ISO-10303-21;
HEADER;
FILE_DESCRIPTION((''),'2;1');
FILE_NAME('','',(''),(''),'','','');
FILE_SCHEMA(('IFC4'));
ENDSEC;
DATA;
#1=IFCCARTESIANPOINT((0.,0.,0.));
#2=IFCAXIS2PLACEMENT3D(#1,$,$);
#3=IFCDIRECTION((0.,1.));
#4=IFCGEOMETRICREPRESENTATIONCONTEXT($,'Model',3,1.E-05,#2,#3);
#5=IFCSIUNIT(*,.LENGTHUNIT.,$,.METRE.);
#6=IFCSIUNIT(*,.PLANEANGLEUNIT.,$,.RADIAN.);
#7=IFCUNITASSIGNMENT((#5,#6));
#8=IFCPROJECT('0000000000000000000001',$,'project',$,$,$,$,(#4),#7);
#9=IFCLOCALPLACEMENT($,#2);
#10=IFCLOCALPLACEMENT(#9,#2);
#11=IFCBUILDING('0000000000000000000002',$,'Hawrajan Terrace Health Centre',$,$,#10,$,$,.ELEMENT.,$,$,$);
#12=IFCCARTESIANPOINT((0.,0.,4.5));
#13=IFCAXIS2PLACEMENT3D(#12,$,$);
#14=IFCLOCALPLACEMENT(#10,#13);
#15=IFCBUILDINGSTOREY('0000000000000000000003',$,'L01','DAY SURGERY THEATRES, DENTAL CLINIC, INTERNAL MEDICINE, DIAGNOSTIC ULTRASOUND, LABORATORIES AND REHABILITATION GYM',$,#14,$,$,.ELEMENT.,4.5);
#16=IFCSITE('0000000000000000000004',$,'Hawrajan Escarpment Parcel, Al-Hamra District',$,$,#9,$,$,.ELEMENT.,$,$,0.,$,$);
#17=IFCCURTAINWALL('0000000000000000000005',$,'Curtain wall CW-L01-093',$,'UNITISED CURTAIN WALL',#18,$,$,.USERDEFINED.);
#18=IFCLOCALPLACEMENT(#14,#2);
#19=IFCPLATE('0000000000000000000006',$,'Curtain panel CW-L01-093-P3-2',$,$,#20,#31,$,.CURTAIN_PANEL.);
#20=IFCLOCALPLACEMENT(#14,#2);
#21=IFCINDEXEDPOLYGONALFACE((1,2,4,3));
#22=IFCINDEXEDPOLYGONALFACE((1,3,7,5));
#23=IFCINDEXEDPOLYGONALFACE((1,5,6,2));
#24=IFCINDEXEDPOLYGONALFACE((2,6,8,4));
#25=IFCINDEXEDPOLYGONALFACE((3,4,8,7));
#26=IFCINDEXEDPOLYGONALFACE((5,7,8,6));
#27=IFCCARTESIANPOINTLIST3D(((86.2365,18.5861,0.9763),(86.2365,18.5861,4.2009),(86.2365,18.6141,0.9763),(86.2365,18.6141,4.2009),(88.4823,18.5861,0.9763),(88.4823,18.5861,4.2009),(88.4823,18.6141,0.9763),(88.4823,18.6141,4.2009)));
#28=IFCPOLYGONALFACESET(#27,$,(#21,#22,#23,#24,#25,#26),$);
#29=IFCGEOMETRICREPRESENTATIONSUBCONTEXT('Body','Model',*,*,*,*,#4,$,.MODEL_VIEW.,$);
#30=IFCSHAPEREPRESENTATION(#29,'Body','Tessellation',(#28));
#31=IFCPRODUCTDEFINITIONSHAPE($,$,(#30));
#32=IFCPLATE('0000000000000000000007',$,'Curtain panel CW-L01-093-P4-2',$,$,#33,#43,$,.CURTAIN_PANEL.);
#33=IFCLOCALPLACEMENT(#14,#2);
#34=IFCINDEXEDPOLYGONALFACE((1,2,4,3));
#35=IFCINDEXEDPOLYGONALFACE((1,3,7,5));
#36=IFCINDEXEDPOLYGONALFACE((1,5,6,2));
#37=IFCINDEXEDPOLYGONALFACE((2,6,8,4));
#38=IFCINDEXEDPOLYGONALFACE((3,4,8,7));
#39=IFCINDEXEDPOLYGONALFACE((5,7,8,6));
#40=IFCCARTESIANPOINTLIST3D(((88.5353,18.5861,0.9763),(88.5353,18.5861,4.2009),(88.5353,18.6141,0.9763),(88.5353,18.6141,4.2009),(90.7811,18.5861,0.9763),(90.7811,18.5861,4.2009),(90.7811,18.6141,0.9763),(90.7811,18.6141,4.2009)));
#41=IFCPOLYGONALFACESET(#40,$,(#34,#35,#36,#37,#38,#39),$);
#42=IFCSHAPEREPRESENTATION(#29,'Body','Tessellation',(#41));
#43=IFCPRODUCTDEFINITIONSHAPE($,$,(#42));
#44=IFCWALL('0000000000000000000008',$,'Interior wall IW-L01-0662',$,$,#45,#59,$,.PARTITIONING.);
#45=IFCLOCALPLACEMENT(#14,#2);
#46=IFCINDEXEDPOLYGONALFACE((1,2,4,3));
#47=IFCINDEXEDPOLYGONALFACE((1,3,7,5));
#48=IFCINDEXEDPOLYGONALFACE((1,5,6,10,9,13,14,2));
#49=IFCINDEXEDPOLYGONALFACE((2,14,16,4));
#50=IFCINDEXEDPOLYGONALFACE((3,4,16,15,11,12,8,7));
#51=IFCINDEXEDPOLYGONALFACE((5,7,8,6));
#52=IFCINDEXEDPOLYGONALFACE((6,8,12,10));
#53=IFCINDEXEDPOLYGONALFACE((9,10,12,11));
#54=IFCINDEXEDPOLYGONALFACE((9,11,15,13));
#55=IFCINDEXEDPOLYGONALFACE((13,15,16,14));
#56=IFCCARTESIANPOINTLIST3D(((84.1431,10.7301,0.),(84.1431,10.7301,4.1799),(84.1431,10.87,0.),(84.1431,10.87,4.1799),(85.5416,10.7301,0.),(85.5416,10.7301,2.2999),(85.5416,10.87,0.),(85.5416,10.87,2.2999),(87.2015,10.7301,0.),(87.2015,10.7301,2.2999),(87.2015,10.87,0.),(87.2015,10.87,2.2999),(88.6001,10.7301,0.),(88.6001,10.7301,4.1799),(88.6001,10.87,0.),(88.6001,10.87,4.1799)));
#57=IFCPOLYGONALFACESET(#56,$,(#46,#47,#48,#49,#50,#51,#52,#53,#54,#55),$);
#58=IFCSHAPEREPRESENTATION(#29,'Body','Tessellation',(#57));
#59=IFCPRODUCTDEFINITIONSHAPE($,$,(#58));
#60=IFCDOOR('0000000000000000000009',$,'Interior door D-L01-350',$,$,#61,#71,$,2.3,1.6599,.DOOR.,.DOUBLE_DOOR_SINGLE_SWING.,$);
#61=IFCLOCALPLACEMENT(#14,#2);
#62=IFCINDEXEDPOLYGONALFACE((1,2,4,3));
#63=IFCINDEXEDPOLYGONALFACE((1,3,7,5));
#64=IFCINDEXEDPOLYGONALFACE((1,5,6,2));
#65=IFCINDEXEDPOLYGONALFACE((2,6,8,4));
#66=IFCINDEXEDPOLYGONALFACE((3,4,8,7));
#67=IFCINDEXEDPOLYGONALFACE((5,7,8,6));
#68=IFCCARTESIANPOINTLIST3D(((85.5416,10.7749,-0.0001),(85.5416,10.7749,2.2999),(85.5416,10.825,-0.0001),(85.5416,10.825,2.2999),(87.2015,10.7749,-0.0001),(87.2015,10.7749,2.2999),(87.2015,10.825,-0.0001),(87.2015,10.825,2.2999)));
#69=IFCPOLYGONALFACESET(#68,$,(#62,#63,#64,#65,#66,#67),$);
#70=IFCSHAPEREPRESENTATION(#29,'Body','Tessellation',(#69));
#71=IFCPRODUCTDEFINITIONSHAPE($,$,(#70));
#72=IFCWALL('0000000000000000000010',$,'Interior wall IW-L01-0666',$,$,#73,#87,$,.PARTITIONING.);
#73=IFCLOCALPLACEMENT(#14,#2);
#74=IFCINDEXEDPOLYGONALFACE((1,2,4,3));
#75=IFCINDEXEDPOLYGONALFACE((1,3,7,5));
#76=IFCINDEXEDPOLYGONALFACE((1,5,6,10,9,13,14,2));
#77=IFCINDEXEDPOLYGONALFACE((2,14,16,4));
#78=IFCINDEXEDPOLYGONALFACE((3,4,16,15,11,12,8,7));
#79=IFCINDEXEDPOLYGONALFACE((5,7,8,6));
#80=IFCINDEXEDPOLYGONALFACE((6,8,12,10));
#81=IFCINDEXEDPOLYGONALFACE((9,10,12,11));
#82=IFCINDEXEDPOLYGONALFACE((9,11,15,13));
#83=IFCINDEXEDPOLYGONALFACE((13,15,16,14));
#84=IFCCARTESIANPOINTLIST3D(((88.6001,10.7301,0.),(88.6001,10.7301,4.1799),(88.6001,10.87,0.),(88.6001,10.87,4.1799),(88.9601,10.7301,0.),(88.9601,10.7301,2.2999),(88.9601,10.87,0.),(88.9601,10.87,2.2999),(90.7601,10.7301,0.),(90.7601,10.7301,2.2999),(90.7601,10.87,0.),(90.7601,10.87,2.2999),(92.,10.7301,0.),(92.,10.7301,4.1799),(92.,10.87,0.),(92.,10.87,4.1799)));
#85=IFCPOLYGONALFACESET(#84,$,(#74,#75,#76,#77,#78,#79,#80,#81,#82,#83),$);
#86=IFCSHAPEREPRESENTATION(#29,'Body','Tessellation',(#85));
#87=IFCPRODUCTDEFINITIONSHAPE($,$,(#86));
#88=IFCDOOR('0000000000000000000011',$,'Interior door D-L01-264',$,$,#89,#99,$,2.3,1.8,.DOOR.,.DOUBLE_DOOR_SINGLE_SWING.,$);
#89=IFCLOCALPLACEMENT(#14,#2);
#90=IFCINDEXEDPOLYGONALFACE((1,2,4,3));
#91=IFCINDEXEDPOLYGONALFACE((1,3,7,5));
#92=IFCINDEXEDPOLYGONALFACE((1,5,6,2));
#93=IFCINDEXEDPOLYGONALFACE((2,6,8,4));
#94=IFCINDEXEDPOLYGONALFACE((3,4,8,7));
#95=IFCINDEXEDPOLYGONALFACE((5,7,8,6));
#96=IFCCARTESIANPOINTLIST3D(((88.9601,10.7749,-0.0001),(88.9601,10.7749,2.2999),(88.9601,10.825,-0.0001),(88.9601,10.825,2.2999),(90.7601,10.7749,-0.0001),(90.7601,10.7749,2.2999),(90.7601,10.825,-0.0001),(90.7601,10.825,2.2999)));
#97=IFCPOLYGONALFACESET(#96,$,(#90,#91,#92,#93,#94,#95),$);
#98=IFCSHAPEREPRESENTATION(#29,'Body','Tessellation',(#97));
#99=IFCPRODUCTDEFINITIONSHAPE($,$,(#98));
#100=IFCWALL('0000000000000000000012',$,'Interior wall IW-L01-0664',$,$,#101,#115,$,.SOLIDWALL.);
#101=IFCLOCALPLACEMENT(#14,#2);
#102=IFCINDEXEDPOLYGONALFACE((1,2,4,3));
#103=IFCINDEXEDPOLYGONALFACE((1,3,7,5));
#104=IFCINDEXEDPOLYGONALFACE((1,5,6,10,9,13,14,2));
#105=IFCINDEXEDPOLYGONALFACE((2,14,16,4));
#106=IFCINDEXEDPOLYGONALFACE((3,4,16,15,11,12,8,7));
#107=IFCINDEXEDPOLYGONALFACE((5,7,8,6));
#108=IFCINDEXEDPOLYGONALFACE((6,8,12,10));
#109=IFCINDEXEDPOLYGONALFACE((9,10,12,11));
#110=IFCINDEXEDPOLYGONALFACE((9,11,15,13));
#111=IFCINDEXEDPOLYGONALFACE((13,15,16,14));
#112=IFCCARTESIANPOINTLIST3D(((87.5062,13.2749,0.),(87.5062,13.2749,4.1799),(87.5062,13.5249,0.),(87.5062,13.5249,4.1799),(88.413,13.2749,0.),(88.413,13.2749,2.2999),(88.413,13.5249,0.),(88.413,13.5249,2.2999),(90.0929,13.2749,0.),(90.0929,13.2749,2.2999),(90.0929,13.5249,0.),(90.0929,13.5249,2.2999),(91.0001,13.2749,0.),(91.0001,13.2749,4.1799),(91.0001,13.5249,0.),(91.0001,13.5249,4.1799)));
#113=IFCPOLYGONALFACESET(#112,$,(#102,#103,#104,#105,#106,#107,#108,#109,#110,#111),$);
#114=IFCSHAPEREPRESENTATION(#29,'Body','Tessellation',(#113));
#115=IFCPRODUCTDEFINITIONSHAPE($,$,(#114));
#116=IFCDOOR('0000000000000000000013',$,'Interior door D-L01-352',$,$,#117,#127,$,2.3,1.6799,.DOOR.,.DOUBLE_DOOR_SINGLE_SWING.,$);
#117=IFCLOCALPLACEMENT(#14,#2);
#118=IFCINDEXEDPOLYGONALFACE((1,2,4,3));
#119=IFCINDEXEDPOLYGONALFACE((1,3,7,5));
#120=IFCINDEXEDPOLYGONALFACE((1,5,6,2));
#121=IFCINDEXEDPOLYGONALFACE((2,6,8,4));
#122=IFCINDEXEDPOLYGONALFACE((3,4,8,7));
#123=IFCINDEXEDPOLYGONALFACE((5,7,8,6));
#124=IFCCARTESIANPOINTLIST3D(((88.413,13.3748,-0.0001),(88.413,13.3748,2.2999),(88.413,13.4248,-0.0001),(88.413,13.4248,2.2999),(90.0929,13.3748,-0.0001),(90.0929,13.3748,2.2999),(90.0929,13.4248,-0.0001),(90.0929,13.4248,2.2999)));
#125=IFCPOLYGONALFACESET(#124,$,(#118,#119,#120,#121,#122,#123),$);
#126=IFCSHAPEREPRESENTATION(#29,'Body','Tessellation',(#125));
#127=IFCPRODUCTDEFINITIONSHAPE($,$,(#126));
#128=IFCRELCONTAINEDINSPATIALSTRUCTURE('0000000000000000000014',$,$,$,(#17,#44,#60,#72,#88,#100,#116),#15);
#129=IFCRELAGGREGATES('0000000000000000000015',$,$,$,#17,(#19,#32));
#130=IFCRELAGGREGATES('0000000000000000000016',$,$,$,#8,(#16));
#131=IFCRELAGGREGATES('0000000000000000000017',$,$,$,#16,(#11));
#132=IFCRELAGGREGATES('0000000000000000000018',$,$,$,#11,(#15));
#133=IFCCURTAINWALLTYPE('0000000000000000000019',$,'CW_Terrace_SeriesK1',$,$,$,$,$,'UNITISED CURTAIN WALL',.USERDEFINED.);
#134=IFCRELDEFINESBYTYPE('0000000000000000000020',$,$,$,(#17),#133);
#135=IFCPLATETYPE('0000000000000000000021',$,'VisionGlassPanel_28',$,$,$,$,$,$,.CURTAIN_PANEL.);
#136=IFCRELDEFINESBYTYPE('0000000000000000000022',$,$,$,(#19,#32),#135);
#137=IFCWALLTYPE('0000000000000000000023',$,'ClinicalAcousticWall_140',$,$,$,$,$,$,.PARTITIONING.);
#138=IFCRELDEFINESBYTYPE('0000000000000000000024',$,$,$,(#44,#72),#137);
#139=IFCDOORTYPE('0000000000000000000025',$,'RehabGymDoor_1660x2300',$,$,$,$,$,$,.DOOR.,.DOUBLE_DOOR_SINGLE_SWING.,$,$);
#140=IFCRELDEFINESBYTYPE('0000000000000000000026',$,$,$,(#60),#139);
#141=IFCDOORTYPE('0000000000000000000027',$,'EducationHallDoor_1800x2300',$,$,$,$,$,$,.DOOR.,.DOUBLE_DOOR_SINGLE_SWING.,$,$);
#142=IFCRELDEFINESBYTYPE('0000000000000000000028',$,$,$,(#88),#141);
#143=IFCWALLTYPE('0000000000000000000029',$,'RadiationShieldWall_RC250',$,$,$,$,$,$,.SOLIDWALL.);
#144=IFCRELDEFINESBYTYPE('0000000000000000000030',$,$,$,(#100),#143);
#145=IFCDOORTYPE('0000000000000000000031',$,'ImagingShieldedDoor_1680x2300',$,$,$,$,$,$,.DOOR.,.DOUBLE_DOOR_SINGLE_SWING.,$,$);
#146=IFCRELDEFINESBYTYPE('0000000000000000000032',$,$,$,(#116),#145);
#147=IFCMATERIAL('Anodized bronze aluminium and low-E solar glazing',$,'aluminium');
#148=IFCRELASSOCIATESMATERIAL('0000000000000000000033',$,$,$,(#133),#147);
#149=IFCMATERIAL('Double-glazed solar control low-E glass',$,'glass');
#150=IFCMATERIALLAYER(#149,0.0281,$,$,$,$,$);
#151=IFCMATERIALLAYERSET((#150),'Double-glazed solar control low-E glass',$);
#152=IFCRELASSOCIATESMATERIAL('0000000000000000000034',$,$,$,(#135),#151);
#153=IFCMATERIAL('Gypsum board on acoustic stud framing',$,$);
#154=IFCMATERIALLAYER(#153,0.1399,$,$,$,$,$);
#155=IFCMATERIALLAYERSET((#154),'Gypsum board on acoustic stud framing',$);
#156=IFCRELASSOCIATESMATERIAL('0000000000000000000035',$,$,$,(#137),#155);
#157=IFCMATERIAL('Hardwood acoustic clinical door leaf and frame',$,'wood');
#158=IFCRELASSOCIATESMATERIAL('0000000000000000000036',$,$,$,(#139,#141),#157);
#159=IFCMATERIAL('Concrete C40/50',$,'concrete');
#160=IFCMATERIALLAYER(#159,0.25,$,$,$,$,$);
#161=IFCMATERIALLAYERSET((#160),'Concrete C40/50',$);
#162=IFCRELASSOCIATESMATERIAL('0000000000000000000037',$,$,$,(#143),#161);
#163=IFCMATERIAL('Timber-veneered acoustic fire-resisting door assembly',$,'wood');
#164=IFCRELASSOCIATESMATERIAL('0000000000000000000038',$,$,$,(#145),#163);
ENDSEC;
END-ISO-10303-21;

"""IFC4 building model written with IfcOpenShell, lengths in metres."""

from ifc_helpers import new_model, si_unit, direction, frame, frame_2d, origin, origin_2d, place, context, subcontext, project, spatial, rectangle, extrude, material, layer, layer_set, type_object, element, fill, aggregate, save


model = new_model("IFC4")

# Units and contexts
model_context = context("Model", 3, precision=1e-05, world=origin(), true_north=direction((0.0, 1.0)))
body_context = subcontext(model_context, "Body", "Model", "MODEL_VIEW")
ifc_project = project(units=[si_unit("LENGTHUNIT", "METRE"), si_unit("PLANEANGLEUNIT", "RADIAN")], contexts=[model_context])

# Site, building, storey
site_placement = place(None, origin())
site = spatial("IfcSite", under=ifc_project, at=site_placement, Name="Hawrajan Escarpment Parcel, Al-Hamra District", CompositionType="ELEMENT", RefElevation=0.0)
building_placement = place(site_placement, origin())
building = spatial("IfcBuilding", under=site, at=building_placement, Name="Hawrajan Terrace Health Centre", CompositionType="ELEMENT")
storey_placement = place(building_placement, frame((0.0, 0.0, 4.5)))
storey = spatial("IfcBuildingStorey", under=building, at=storey_placement, Name="L01", Description="DAY SURGERY THEATRES, DENTAL CLINIC, INTERNAL MEDICINE, DIAGNOSTIC ULTRASOUND, LABORATORIES AND REHABILITATION GYM", CompositionType="ELEMENT", Elevation=4.5)

# Curtain wall
ifc_material_1 = material(Name="Anodized bronze aluminium and low-E solar glazing", Category="aluminium")
curtain_wall_type = type_object("IfcCurtainWallType", Name="CW_Terrace_SeriesK1", ElementType="UNITISED CURTAIN WALL", PredefinedType="USERDEFINED", material=ifc_material_1)
curtain_wall_placement = place(storey_placement, origin())
curtain_wall = element("IfcCurtainWall", 1, at=curtain_wall_placement, inside=storey, type_object=curtain_wall_type, Name="Curtain wall CW-L01-093", ObjectType="UNITISED CURTAIN WALL", PredefinedType="USERDEFINED")

# Plates
ifc_material_2 = material(Name="Double-glazed solar control low-E glass", Category="glass")
ifc_layer_1 = layer(ifc_material_2, 0.0281)
ifc_layer_set_1 = layer_set([ifc_layer_1], Name="Double-glazed solar control low-E glass")
plate_type_1 = type_object("IfcPlateType", Name="VisionGlassPanel_28", PredefinedType="CURTAIN_PANEL", material=ifc_layer_set_1)
plate_1_placement = place(storey_placement, frame((87.3594, 18.6001, 0.9763), z_axis=(0.0, 0.0, 1.0), x_axis=(1.0, 0.0, 0.0)))
plate_1 = element("IfcPlate", 2, at=plate_1_placement, type_object=plate_type_1, Name="Curtain panel CW-L01-093-P3-2", PredefinedType="CURTAIN_PANEL", context=body_context, shape_type="SweptSolid", body=[
    extrude(rectangle(XDim=2.2458, YDim=0.0281, at=origin_2d()), origin(), (0.0, 0.0, 1.0), 3.2246),
])
plate_2_placement = place(storey_placement, frame((89.6582, 18.6001, 0.9763), z_axis=(0.0, 0.0, 1.0), x_axis=(1.0, 0.0, 0.0)))
plate_2 = element("IfcPlate", 3, at=plate_2_placement, type_object=plate_type_1, Name="Curtain panel CW-L01-093-P4-2", PredefinedType="CURTAIN_PANEL", context=body_context, shape_type="SweptSolid", body=[
    extrude(rectangle(XDim=2.2458, YDim=0.0281, at=origin_2d()), origin(), (0.0, 0.0, 1.0), 3.2246),
])
aggregate(curtain_wall, [plate_1, plate_2])

# Walls, openings, doors
ifc_material_3 = material(Name="Gypsum board on acoustic stud framing")
ifc_layer_2 = layer(ifc_material_3, 0.1399)
ifc_layer_set_2 = layer_set([ifc_layer_2], Name="Gypsum board on acoustic stud framing")
wall_type_1 = type_object("IfcWallType", Name="ClinicalAcousticWall_140", PredefinedType="PARTITIONING", material=ifc_layer_set_2)
wall_1_placement = place(storey_placement, frame((84.1431, 10.8, 0.0), z_axis=(0.0, 0.0, 1.0), x_axis=(1.0, 0.0, 0.0)))
wall_1 = element("IfcWall", 4, at=wall_1_placement, inside=storey, type_object=wall_type_1, Name="Interior wall IW-L01-0662", PredefinedType="PARTITIONING", context=body_context, shape_type="SweptSolid", body=[
    extrude(rectangle(XDim=4.457, YDim=0.1399, at=frame_2d((2.2285, 0.0))), origin(), (0.0, 0.0, 1.0), 4.1799),
])
opening_1_placement = place(wall_1_placement, frame((1.3984, 0.0, 0.0)))
opening_1 = element("IfcOpeningElement", 5, at=opening_1_placement, cuts=wall_1, PredefinedType="OPENING", context=body_context, shape_type="SweptSolid", body=[
    extrude(rectangle(XDim=1.6599, YDim=2.3, at=frame_2d((0.8301, 1.1499))), frame((0.0, 0.0798, 0.0), z_axis=(0.0, -1.0, 0.0), x_axis=(1.0, 0.0, 0.0)), (0.0, 0.0, 1.0), 0.1599),
])
ifc_material_4 = material(Name="Hardwood acoustic clinical door leaf and frame", Category="wood")
door_type_1 = type_object("IfcDoorType", Name="RehabGymDoor_1660x2300", OperationType="DOUBLE_DOOR_SINGLE_SWING", PredefinedType="DOOR", material=ifc_material_4)
door_1_placement = place(opening_1_placement, origin())
door_1 = element("IfcDoor", 6, at=door_1_placement, inside=storey, type_object=door_type_1, Name="Interior door D-L01-350", OperationType="DOUBLE_DOOR_SINGLE_SWING", OverallHeight=2.3, OverallWidth=1.6599, PredefinedType="DOOR", context=body_context, shape_type="SweptSolid", body=[
    extrude(rectangle(XDim=1.6599, YDim=2.3, at=frame_2d((0.8301, 1.1499))), frame((0.0, 0.0249, 0.0), z_axis=(0.0, -1.0, 0.0), x_axis=(1.0, 0.0, 0.0)), (0.0, 0.0, 1.0), 0.05),
])
fill(opening_1, door_1)
wall_2_placement = place(storey_placement, frame((88.6001, 10.8, 0.0), z_axis=(0.0, 0.0, 1.0), x_axis=(1.0, 0.0, 0.0)))
wall_2 = element("IfcWall", 7, at=wall_2_placement, inside=storey, type_object=wall_type_1, Name="Interior wall IW-L01-0666", PredefinedType="PARTITIONING", context=body_context, shape_type="SweptSolid", body=[
    extrude(rectangle(XDim=3.3999, YDim=0.1399, at=frame_2d((1.7, 0.0))), origin(), (0.0, 0.0, 1.0), 4.1799),
])
opening_2_placement = place(wall_2_placement, frame((0.3601, 0.0, 0.0)))
opening_2 = element("IfcOpeningElement", 8, at=opening_2_placement, cuts=wall_2, PredefinedType="OPENING", context=body_context, shape_type="SweptSolid", body=[
    extrude(rectangle(XDim=1.8, YDim=2.3, at=frame_2d((0.8999, 1.1499))), frame((0.0, 0.0798, 0.0), z_axis=(0.0, -1.0, 0.0), x_axis=(1.0, 0.0, 0.0)), (0.0, 0.0, 1.0), 0.1599),
])
door_type_2 = type_object("IfcDoorType", Name="EducationHallDoor_1800x2300", OperationType="DOUBLE_DOOR_SINGLE_SWING", PredefinedType="DOOR", material=ifc_material_4)
door_2_placement = place(opening_2_placement, origin())
door_2 = element("IfcDoor", 9, at=door_2_placement, inside=storey, type_object=door_type_2, Name="Interior door D-L01-264", OperationType="DOUBLE_DOOR_SINGLE_SWING", OverallHeight=2.3, OverallWidth=1.8, PredefinedType="DOOR", context=body_context, shape_type="SweptSolid", body=[
    extrude(rectangle(XDim=1.8, YDim=2.3, at=frame_2d((0.8999, 1.1499))), frame((0.0, 0.0249, 0.0), z_axis=(0.0, -1.0, 0.0), x_axis=(1.0, 0.0, 0.0)), (0.0, 0.0, 1.0), 0.05),
])
fill(opening_2, door_2)

# Shared definitions
ifc_material_5 = material(Name="Concrete C40/50", Category="concrete")
ifc_layer_3 = layer(ifc_material_5, 0.25)
ifc_layer_set_3 = layer_set([ifc_layer_3], Name="Concrete C40/50")
wall_type_2 = type_object("IfcWallType", Name="RadiationShieldWall_RC250", PredefinedType="SOLIDWALL", material=ifc_layer_set_3)

# Wall, opening, door
wall_3_placement = place(storey_placement, frame((87.5061, 13.3999, 0.0), z_axis=(0.0, 0.0, 1.0), x_axis=(1.0, 0.0, 0.0)))
wall_3 = element("IfcWall", 10, at=wall_3_placement, inside=storey, type_object=wall_type_2, Name="Interior wall IW-L01-0664", PredefinedType="SOLIDWALL", context=body_context, shape_type="SweptSolid", body=[
    extrude(rectangle(XDim=3.4939, YDim=0.25, at=frame_2d((1.7471, 0.0))), origin(), (0.0, 0.0, 1.0), 4.1799),
])
opening_3_placement = place(wall_3_placement, frame((0.907, 0.0, 0.0)))
opening_3 = element("IfcOpeningElement", 11, at=opening_3_placement, cuts=wall_3, PredefinedType="OPENING", context=body_context, shape_type="SweptSolid", body=[
    extrude(rectangle(XDim=1.6799, YDim=2.3, at=frame_2d((0.8398, 1.1499))), frame((0.0, 0.135, 0.0), z_axis=(0.0, -1.0, 0.0), x_axis=(1.0, 0.0, 0.0)), (0.0, 0.0, 1.0), 0.27),
])
ifc_material_6 = material(Name="Timber-veneered acoustic fire-resisting door assembly", Category="wood")
door_type_3 = type_object("IfcDoorType", Name="ImagingShieldedDoor_1680x2300", OperationType="DOUBLE_DOOR_SINGLE_SWING", PredefinedType="DOOR", material=ifc_material_6)
door_3_placement = place(opening_3_placement, origin())
door_3 = element("IfcDoor", 12, at=door_3_placement, inside=storey, type_object=door_type_3, Name="Interior door D-L01-352", OperationType="DOUBLE_DOOR_SINGLE_SWING", OverallHeight=2.3, OverallWidth=1.6799, PredefinedType="DOOR", context=body_context, shape_type="SweptSolid", body=[
    extrude(rectangle(XDim=1.6799, YDim=2.3, at=frame_2d((0.8398, 1.1499))), frame((0.0, 0.0249, 0.0), z_axis=(0.0, -1.0, 0.0), x_axis=(1.0, 0.0, 0.0)), (0.0, 0.0, 1.0), 0.05),
])
fill(opening_3, door_3)

save(model, "model.ifc")
